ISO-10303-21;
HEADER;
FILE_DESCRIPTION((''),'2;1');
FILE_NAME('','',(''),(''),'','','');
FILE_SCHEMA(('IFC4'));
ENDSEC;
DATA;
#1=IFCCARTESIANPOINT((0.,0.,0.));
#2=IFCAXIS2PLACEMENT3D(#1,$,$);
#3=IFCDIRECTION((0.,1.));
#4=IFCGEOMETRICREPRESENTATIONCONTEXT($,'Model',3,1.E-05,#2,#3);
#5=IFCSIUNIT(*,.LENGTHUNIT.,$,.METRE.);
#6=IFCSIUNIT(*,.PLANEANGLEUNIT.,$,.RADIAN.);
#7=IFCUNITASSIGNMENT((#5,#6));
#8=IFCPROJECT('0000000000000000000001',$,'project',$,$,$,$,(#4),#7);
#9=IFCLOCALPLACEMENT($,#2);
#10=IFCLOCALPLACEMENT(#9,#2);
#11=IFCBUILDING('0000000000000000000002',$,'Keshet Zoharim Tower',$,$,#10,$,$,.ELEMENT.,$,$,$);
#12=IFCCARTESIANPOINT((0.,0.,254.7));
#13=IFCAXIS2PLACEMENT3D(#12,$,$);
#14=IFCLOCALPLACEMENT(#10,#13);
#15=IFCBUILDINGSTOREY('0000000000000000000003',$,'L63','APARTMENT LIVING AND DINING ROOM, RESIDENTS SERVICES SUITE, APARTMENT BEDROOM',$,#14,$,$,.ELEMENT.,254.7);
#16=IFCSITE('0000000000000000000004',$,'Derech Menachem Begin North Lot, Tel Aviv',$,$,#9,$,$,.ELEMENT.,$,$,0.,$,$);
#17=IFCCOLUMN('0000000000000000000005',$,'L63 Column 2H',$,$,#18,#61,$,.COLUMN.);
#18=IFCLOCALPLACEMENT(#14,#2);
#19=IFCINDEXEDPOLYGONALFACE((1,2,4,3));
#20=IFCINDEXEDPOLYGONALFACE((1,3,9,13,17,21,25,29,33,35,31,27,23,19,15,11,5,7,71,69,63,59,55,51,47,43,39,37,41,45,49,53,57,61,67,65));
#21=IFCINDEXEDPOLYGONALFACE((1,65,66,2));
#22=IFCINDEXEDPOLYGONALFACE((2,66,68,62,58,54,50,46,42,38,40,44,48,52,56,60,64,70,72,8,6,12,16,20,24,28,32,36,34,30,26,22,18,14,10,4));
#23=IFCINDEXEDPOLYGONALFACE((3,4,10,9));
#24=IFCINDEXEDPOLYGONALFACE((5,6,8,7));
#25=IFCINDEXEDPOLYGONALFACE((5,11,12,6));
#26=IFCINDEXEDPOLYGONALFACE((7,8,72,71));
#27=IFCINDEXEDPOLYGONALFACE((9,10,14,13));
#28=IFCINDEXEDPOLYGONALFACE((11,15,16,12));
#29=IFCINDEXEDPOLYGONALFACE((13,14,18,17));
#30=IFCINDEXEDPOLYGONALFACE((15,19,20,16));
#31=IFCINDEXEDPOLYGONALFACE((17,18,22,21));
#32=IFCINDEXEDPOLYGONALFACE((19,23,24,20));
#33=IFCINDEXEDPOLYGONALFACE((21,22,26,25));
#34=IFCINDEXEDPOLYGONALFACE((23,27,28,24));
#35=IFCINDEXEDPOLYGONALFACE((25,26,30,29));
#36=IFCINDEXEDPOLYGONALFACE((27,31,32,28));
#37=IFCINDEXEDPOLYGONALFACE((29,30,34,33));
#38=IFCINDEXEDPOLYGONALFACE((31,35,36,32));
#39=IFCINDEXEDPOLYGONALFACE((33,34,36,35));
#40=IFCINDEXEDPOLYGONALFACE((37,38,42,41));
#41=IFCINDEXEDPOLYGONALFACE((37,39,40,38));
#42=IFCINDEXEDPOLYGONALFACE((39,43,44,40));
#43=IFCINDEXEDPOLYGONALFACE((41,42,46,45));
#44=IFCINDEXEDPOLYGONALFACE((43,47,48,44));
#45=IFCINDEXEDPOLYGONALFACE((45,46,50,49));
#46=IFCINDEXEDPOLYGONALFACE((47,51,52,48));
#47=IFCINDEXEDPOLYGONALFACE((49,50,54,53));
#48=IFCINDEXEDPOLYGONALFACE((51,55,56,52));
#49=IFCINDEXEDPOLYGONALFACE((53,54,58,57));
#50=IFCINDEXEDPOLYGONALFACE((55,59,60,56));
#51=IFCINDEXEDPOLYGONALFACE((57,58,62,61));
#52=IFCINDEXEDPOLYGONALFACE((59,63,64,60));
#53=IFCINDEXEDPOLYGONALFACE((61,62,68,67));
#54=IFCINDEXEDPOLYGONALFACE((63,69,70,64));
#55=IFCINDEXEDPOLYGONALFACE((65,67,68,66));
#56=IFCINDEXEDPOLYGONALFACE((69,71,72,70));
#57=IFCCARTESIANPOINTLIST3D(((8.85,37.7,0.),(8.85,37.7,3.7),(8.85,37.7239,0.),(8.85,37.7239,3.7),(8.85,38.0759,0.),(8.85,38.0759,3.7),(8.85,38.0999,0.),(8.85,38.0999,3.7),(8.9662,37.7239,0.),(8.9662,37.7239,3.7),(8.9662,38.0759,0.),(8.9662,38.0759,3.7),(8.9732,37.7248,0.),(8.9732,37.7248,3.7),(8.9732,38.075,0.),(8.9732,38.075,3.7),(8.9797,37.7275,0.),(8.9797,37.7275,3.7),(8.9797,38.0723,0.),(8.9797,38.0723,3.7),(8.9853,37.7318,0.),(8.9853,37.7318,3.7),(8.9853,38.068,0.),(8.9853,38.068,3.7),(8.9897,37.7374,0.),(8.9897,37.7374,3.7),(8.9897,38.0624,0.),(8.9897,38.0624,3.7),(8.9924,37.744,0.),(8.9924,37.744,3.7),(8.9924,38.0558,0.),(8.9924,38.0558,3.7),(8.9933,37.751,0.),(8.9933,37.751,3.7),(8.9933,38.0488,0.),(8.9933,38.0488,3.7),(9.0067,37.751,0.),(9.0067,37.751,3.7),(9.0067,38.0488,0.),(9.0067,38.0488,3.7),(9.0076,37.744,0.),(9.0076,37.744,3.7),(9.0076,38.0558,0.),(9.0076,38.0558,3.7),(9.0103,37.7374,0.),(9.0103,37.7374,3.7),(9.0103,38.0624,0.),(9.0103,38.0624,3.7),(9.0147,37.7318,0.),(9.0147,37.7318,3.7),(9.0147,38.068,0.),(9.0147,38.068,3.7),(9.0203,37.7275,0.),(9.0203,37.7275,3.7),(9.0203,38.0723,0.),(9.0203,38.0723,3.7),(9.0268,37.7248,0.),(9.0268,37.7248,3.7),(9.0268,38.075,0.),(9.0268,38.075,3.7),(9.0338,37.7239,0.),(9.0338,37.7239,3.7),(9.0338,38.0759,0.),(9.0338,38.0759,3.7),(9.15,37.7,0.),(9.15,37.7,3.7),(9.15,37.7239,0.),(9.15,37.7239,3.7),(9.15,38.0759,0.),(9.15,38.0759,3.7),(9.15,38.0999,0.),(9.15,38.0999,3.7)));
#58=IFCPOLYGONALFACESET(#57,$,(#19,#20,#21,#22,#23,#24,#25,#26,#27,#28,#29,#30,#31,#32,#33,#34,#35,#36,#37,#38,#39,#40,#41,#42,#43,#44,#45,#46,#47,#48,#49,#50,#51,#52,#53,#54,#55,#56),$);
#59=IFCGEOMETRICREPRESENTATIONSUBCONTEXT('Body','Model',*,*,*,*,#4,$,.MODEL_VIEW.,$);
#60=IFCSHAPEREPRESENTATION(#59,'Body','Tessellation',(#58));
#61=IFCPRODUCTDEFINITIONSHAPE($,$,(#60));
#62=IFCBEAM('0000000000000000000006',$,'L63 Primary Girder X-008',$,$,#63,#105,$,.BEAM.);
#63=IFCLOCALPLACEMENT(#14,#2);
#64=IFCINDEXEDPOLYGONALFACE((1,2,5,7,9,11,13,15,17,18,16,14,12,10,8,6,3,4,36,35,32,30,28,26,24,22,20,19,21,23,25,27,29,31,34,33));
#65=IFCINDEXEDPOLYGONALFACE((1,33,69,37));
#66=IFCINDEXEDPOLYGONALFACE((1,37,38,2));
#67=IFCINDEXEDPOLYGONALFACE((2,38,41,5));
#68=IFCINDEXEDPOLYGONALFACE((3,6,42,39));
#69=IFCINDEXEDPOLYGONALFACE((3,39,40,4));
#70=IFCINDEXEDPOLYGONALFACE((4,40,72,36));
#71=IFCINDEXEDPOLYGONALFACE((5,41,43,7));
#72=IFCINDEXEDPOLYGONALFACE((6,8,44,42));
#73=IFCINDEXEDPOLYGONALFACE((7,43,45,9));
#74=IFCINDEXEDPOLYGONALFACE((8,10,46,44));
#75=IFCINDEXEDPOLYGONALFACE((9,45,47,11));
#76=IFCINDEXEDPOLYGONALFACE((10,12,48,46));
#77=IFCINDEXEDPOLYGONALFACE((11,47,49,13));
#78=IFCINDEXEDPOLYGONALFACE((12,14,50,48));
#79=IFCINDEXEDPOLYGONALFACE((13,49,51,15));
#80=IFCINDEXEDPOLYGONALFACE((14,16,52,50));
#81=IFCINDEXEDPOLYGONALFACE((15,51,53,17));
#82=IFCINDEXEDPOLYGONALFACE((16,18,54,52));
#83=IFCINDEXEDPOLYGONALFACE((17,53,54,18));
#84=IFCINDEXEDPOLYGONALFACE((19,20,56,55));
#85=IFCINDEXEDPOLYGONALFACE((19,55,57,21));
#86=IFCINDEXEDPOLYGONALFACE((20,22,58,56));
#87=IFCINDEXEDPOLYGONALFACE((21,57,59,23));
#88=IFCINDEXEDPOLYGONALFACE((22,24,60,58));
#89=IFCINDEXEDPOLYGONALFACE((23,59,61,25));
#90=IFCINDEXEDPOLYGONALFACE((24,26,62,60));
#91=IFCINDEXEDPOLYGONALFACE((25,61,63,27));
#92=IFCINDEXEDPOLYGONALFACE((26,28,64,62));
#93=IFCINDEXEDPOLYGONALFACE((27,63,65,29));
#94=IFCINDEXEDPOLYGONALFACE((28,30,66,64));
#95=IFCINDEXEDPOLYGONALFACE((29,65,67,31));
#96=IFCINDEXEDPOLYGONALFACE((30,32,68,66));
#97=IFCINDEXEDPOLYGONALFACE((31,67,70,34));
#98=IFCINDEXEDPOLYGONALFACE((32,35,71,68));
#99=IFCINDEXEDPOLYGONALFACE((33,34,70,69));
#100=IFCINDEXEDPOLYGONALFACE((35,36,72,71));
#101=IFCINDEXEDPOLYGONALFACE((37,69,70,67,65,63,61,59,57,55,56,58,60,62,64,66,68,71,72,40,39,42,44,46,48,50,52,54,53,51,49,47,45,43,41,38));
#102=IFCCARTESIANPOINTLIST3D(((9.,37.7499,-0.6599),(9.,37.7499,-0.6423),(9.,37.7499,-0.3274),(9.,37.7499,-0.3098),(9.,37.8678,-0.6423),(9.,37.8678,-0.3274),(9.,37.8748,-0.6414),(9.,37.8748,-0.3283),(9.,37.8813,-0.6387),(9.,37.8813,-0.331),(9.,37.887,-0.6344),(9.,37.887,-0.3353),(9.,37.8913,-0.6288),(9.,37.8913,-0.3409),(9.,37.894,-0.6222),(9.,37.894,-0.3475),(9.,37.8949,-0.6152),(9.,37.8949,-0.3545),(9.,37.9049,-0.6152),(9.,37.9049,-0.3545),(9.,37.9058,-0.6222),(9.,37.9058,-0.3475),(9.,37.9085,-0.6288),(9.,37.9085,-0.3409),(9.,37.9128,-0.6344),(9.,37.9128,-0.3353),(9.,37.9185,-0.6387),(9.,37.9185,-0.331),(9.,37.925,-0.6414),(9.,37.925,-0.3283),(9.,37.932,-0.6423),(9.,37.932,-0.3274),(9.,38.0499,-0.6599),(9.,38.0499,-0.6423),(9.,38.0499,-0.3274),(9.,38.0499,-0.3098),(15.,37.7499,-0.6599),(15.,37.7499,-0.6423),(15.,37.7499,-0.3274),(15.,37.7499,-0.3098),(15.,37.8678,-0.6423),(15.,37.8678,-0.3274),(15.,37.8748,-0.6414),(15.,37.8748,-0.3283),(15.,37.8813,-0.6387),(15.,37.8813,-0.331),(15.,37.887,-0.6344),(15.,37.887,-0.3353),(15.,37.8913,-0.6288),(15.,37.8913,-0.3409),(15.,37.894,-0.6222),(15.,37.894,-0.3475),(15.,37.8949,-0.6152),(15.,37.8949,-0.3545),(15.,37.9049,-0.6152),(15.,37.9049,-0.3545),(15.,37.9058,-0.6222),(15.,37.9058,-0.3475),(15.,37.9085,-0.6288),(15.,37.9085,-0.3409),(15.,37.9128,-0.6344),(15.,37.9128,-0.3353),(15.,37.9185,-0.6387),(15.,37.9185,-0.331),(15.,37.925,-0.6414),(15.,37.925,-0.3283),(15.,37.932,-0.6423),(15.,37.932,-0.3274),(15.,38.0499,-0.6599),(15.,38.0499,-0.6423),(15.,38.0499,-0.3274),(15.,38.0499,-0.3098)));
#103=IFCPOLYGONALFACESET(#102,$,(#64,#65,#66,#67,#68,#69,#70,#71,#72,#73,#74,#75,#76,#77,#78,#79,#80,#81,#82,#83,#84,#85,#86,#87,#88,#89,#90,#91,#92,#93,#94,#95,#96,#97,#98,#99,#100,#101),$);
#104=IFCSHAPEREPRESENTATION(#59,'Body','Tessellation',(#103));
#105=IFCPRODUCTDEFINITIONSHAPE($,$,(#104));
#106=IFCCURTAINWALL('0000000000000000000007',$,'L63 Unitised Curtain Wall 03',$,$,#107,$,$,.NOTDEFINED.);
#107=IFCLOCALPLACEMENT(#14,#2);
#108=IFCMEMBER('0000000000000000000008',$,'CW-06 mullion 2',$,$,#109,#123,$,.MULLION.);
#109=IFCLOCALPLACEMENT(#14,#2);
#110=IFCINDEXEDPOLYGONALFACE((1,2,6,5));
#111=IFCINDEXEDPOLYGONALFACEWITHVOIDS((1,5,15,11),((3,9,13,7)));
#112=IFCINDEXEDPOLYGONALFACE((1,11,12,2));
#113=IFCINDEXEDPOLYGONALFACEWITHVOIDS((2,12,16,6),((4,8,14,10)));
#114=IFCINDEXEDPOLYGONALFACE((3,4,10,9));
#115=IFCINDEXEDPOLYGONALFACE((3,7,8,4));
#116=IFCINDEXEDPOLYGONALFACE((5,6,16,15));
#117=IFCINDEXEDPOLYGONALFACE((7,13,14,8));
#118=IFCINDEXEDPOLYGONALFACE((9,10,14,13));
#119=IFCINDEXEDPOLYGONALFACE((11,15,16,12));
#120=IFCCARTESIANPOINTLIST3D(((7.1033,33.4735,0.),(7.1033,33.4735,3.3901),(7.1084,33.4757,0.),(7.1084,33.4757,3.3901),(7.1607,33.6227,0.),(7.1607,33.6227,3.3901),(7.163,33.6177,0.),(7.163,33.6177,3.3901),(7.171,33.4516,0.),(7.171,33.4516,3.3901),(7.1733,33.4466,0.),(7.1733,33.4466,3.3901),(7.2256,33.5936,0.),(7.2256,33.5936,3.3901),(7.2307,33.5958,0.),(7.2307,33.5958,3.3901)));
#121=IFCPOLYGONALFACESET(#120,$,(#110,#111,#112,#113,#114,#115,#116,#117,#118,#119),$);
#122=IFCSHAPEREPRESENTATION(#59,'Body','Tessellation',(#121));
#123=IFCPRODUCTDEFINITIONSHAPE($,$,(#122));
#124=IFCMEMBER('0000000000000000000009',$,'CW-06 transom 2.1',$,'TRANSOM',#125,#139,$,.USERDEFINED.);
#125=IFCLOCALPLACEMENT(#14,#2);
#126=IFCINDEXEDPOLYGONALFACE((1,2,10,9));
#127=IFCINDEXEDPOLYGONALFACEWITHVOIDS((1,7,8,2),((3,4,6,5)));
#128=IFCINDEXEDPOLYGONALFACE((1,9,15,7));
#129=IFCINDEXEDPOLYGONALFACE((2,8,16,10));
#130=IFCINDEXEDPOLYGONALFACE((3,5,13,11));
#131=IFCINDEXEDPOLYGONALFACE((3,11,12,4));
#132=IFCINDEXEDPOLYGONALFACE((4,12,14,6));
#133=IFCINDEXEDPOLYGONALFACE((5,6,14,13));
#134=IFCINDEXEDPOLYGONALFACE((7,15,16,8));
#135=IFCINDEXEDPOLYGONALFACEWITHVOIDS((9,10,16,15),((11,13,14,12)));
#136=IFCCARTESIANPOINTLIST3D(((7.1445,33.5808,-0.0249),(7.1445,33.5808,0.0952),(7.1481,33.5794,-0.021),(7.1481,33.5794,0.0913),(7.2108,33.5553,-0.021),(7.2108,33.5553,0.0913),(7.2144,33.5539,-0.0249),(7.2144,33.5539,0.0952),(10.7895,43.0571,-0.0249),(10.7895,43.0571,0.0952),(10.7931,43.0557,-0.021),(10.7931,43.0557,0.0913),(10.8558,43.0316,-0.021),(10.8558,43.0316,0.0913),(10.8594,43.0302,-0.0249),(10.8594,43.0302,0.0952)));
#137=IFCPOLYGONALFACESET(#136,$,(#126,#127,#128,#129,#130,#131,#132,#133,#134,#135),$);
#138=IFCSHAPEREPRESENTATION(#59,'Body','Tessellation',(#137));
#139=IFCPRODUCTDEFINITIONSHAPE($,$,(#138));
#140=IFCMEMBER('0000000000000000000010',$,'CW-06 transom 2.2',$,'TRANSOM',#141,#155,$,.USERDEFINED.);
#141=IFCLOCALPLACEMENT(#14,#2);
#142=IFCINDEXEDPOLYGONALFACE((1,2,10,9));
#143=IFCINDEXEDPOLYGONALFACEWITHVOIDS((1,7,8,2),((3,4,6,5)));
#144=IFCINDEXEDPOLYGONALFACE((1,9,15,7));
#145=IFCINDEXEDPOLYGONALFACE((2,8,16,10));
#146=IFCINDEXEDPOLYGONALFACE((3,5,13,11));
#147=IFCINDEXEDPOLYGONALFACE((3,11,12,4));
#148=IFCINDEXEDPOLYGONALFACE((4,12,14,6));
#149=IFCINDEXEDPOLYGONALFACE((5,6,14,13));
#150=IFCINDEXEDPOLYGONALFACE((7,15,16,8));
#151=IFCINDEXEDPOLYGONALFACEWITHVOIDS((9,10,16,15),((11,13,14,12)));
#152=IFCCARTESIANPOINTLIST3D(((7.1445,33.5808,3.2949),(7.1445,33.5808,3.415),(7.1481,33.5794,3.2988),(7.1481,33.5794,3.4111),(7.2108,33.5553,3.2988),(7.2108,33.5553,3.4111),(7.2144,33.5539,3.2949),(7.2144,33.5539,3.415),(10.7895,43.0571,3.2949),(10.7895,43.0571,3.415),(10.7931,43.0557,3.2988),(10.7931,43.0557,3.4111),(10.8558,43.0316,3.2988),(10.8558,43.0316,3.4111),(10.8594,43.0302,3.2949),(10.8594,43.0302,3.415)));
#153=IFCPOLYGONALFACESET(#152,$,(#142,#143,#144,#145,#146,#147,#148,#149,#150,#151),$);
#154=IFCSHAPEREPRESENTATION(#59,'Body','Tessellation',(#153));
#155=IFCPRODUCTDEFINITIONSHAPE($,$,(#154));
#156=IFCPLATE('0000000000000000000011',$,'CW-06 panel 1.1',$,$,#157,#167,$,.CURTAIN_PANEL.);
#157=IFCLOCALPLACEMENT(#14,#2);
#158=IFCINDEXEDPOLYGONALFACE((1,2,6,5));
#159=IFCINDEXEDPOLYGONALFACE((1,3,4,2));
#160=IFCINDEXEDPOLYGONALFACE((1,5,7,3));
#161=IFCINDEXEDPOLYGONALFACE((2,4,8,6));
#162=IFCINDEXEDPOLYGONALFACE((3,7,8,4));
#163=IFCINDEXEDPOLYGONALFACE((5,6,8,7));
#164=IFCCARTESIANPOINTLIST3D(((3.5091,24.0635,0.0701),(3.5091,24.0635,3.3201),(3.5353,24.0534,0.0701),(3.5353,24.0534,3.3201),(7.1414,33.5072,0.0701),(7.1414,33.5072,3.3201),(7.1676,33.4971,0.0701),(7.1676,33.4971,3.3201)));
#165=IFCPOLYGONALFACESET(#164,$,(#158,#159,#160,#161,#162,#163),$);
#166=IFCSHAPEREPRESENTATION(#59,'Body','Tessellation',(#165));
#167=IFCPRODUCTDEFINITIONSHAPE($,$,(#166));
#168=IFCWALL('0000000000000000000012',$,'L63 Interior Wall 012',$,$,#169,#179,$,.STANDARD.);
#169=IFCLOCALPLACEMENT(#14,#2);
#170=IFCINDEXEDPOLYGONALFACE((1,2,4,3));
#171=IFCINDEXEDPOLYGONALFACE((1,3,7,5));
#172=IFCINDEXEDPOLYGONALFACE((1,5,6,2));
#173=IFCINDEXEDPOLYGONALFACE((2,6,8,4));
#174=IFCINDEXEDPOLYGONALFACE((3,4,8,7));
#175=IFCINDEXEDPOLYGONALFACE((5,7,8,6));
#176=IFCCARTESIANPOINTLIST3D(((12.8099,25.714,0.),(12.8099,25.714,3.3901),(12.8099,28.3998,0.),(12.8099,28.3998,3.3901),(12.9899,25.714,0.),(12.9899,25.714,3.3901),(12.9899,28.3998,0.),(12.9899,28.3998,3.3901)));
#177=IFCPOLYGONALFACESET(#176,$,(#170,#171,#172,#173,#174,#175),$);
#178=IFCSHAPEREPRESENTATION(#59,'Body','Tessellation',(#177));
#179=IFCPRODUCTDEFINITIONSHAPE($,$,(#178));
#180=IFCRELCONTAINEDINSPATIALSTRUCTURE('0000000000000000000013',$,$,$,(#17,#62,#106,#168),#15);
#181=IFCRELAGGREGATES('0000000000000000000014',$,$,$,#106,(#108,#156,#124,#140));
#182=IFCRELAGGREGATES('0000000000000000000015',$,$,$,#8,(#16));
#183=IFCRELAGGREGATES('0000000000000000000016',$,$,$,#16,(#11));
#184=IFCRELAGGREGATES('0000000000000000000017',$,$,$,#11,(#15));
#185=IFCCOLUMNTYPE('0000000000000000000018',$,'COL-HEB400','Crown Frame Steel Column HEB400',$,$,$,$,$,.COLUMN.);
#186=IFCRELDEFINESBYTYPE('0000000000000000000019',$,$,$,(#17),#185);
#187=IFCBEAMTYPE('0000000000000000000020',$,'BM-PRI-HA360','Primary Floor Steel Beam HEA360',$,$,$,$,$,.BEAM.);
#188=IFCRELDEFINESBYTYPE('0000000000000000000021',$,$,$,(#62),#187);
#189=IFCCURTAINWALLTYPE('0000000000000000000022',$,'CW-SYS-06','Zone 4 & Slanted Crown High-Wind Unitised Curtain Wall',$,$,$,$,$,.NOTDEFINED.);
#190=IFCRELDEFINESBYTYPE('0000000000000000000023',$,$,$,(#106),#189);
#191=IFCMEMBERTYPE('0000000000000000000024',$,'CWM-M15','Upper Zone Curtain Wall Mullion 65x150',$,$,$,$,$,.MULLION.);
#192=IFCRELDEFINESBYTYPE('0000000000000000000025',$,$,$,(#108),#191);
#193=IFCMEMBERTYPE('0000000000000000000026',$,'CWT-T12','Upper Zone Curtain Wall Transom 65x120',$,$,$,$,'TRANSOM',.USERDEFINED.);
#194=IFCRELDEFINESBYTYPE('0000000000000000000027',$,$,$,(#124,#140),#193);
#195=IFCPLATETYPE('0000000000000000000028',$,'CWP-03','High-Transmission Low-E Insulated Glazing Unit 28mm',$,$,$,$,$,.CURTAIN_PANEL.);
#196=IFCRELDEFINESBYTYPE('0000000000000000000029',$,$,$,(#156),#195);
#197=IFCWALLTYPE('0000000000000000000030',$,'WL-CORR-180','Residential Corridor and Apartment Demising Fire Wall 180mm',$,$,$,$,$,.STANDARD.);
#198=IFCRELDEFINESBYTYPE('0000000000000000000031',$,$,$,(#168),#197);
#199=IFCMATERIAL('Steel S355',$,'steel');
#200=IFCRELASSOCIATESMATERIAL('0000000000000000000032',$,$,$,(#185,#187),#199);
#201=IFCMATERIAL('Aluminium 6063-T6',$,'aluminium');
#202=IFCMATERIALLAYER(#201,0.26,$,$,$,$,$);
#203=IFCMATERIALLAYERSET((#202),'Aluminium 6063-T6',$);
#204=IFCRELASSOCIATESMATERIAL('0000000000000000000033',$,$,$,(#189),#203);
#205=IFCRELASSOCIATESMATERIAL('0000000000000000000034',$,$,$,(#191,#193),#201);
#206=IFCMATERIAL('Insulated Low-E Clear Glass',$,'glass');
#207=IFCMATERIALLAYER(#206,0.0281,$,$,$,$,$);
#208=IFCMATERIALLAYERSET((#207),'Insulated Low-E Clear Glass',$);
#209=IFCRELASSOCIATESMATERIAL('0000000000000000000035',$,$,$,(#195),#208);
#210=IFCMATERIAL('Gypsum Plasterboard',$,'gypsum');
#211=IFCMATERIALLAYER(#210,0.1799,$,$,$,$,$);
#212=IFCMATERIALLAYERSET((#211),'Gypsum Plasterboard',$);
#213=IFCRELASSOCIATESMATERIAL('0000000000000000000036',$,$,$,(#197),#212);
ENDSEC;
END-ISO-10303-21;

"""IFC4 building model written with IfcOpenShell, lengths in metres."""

from ifc_helpers import new_model, si_unit, direction, frame, frame_2d, origin, origin_2d, place, context, subcontext, project, spatial, rectangle, hollow_rectangle, i_section, extrude, material, layer, layer_set, material_profile, profile_set, type_object, element, aggregate, save


model = new_model("IFC4")

# Units and contexts
model_context = context("Model", 3, precision=1e-05, world=origin(), true_north=direction((0.0, 1.0)))
body_context = subcontext(model_context, "Body", "Model", "MODEL_VIEW")
ifc_project = project(units=[si_unit("LENGTHUNIT", "METRE"), si_unit("PLANEANGLEUNIT", "RADIAN")], contexts=[model_context])

# Site, building, storey
site_placement = place(None, origin())
site = spatial("IfcSite", under=ifc_project, at=site_placement, Name="Derech Menachem Begin North Lot, Tel Aviv", CompositionType="ELEMENT", RefElevation=0.0)
building_placement = place(site_placement, origin())
building = spatial("IfcBuilding", under=site, at=building_placement, Name="Keshet Zoharim Tower", CompositionType="ELEMENT")
storey_placement = place(building_placement, frame((0.0, 0.0, 254.7)))
storey = spatial("IfcBuildingStorey", under=building, at=storey_placement, Name="L63", Description="APARTMENT LIVING AND DINING ROOM, RESIDENTS SERVICES SUITE, APARTMENT BEDROOM", CompositionType="ELEMENT", Elevation=254.7)

# Column
ifc_material_1 = material(Name="Steel S355", Category="steel")
ifc_material_profile_1 = material_profile(ifc_material_1, i_section(OverallWidth=0.3, OverallDepth=0.3999, WebThickness=0.0134, FlangeThickness=0.0239, FilletRadius=0.0271, at=origin_2d()), Name="HEB400")
ifc_profile_set_1 = profile_set([ifc_material_profile_1], Name="Steel S355")
column_type = type_object("IfcColumnType", Name="COL-HEB400", Description="Crown Frame Steel Column HEB400", PredefinedType="COLUMN", material=ifc_profile_set_1)
column_placement = place(storey_placement, frame((9.0, 37.8999, 0.0), z_axis=(0.0, 0.0, 1.0), x_axis=(1.0, 0.0, 0.0)))
element("IfcColumn", 1, at=column_placement, inside=storey, type_object=column_type, Name="L63 Column 2H", PredefinedType="COLUMN", context=body_context, shape_type="SweptSolid", body=[
    extrude(i_section(OverallWidth=0.3, OverallDepth=0.3999, WebThickness=0.0134, FlangeThickness=0.0239, FilletRadius=0.0271, at=origin_2d()), origin(), (0.0, 0.0, 1.0), 3.7),
])

# Beam
ifc_material_profile_2 = material_profile(ifc_material_1, i_section(OverallWidth=0.3, OverallDepth=0.3501, WebThickness=0.01, FlangeThickness=0.0176, FilletRadius=0.0271, at=origin_2d()), Name="HEA360")
ifc_profile_set_2 = profile_set([ifc_material_profile_2], Name="Steel S355")
beam_type = type_object("IfcBeamType", Name="BM-PRI-HA360", Description="Primary Floor Steel Beam HEA360", PredefinedType="BEAM", material=ifc_profile_set_2)
beam_placement = place(storey_placement, frame((9.0, 37.8999, -0.4849), z_axis=(1.0, 0.0, 0.0), x_axis=(0.0, 1.0, 0.0)))
element("IfcBeam", 2, at=beam_placement, inside=storey, type_object=beam_type, Name="L63 Primary Girder X-008", PredefinedType="BEAM", context=body_context, shape_type="SweptSolid", body=[
    extrude(i_section(OverallWidth=0.3, OverallDepth=0.3501, WebThickness=0.01, FlangeThickness=0.0176, FilletRadius=0.0271, at=origin_2d()), origin(), (0.0, 0.0, 1.0), 6.0),
])

# Curtain wall, members, plate
ifc_material_2 = material(Name="Aluminium 6063-T6", Category="aluminium")
ifc_layer_1 = layer(ifc_material_2, 0.26)
ifc_layer_set_1 = layer_set([ifc_layer_1], Name="Aluminium 6063-T6")
curtain_wall_type = type_object("IfcCurtainWallType", Name="CW-SYS-06", Description="Zone 4 & Slanted Crown High-Wind Unitised Curtain Wall", PredefinedType="NOTDEFINED", material=ifc_layer_set_1)
curtain_wall_placement = place(storey_placement, origin())
curtain_wall = element("IfcCurtainWall", 3, at=curtain_wall_placement, inside=storey, type_object=curtain_wall_type, Name="L63 Unitised Curtain Wall 03", PredefinedType="NOTDEFINED")
ifc_material_profile_3 = material_profile(ifc_material_2, hollow_rectangle(XDim=0.075, YDim=0.1599, WallThickness=0.0039, at=origin_2d()), Name="MUL-75x160")
ifc_profile_set_3 = profile_set([ifc_material_profile_3], Name="Aluminium 6063-T6")
member_type_1 = type_object("IfcMemberType", Name="CWM-M15", Description="Upper Zone Curtain Wall Mullion 65x150", PredefinedType="MULLION", material=ifc_profile_set_3)
member_1_placement = place(storey_placement, frame((7.167, 33.5347, 0.0), z_axis=(0.0, 0.0, 1.0), x_axis=(-0.933341, 0.35899, 0.0)))
member_1 = element("IfcMember", 4, at=member_1_placement, type_object=member_type_1, Name="CW-06 mullion 2", PredefinedType="MULLION", context=body_context, shape_type="SweptSolid", body=[
    extrude(hollow_rectangle(XDim=0.075, YDim=0.1599, WallThickness=0.0039, at=origin_2d()), origin(), (0.0, 0.0, 1.0), 3.3901),
])
ifc_material_profile_4 = material_profile(ifc_material_2, hollow_rectangle(XDim=0.075, YDim=0.1201, WallThickness=0.0039, at=origin_2d()), Name="TRN-75x120")
ifc_profile_set_4 = profile_set([ifc_material_profile_4], Name="Aluminium 6063-T6")
member_type_2 = type_object("IfcMemberType", Name="CWT-T12", Description="Upper Zone Curtain Wall Transom 65x120", ElementType="TRANSOM", PredefinedType="USERDEFINED", material=ifc_profile_set_4)
member_2_placement = place(storey_placement, frame((7.1794, 33.5674, 0.0352), z_axis=(0.359003, 0.933336, 0.0), x_axis=(-0.933336, 0.359003, 0.0)))
member_2 = element("IfcMember", 5, at=member_2_placement, type_object=member_type_2, Name="CW-06 transom 2.1", ObjectType="TRANSOM", PredefinedType="USERDEFINED", context=body_context, shape_type="SweptSolid", body=[
    extrude(hollow_rectangle(XDim=0.075, YDim=0.1201, WallThickness=0.0039, at=origin_2d()), origin(), (0.0, 0.0, 1.0), 10.1531),
])
member_3_placement = place(storey_placement, frame((7.1794, 33.5674, 3.355), z_axis=(0.359003, 0.933336, 0.0), x_axis=(-0.933336, 0.359003, 0.0)))
member_3 = element("IfcMember", 6, at=member_3_placement, type_object=member_type_2, Name="CW-06 transom 2.2", ObjectType="TRANSOM", PredefinedType="USERDEFINED", context=body_context, shape_type="SweptSolid", body=[
    extrude(hollow_rectangle(XDim=0.075, YDim=0.1201, WallThickness=0.0039, at=origin_2d()), origin(), (0.0, 0.0, 1.0), 10.1531),
])
ifc_material_3 = material(Name="Insulated Low-E Clear Glass", Category="glass")
ifc_layer_2 = layer(ifc_material_3, 0.0281)
ifc_layer_set_2 = layer_set([ifc_layer_2], Name="Insulated Low-E Clear Glass")
plate_type = type_object("IfcPlateType", Name="CWP-03", Description="High-Transmission Low-E Insulated Glazing Unit 28mm", PredefinedType="CURTAIN_PANEL", material=ifc_layer_set_2)
plate_placement = place(storey_placement, frame((5.3384, 28.7803, 0.0701), z_axis=(0.0, 0.0, 1.0), x_axis=(0.35899, 0.933341, 0.0)))
plate = element("IfcPlate", 7, at=plate_placement, type_object=plate_type, Name="CW-06 panel 1.1", PredefinedType="CURTAIN_PANEL", context=body_context, shape_type="SweptSolid", body=[
    extrude(rectangle(XDim=10.1182, YDim=0.0281, at=origin_2d()), origin(), (0.0, 0.0, 1.0), 3.25),
])
aggregate(curtain_wall, [member_1, plate, member_2, member_3])

# Wall
ifc_material_4 = material(Name="Gypsum Plasterboard", Category="gypsum")
ifc_layer_3 = layer(ifc_material_4, 0.1799)
ifc_layer_set_3 = layer_set([ifc_layer_3], Name="Gypsum Plasterboard")
wall_type_1 = type_object("IfcWallType", Name="WL-CORR-180", Description="Residential Corridor and Apartment Demising Fire Wall 180mm", PredefinedType="STANDARD", material=ifc_layer_set_3)
wall_1_placement = place(storey_placement, frame((12.8999, 25.7141, 0.0), z_axis=(0.0, 0.0, 1.0), x_axis=(0.0, 1.0, 0.0)))
element("IfcWall", 8, at=wall_1_placement, inside=storey, type_object=wall_type_1, Name="L63 Interior Wall 012", PredefinedType="STANDARD", context=body_context, shape_type="SweptSolid", body=[
    extrude(rectangle(XDim=2.6858, YDim=0.1799, at=frame_2d((1.3428, 0.0))), origin(), (0.0, 0.0, 1.0), 3.3901),
])

save(model, "model.ifc")
